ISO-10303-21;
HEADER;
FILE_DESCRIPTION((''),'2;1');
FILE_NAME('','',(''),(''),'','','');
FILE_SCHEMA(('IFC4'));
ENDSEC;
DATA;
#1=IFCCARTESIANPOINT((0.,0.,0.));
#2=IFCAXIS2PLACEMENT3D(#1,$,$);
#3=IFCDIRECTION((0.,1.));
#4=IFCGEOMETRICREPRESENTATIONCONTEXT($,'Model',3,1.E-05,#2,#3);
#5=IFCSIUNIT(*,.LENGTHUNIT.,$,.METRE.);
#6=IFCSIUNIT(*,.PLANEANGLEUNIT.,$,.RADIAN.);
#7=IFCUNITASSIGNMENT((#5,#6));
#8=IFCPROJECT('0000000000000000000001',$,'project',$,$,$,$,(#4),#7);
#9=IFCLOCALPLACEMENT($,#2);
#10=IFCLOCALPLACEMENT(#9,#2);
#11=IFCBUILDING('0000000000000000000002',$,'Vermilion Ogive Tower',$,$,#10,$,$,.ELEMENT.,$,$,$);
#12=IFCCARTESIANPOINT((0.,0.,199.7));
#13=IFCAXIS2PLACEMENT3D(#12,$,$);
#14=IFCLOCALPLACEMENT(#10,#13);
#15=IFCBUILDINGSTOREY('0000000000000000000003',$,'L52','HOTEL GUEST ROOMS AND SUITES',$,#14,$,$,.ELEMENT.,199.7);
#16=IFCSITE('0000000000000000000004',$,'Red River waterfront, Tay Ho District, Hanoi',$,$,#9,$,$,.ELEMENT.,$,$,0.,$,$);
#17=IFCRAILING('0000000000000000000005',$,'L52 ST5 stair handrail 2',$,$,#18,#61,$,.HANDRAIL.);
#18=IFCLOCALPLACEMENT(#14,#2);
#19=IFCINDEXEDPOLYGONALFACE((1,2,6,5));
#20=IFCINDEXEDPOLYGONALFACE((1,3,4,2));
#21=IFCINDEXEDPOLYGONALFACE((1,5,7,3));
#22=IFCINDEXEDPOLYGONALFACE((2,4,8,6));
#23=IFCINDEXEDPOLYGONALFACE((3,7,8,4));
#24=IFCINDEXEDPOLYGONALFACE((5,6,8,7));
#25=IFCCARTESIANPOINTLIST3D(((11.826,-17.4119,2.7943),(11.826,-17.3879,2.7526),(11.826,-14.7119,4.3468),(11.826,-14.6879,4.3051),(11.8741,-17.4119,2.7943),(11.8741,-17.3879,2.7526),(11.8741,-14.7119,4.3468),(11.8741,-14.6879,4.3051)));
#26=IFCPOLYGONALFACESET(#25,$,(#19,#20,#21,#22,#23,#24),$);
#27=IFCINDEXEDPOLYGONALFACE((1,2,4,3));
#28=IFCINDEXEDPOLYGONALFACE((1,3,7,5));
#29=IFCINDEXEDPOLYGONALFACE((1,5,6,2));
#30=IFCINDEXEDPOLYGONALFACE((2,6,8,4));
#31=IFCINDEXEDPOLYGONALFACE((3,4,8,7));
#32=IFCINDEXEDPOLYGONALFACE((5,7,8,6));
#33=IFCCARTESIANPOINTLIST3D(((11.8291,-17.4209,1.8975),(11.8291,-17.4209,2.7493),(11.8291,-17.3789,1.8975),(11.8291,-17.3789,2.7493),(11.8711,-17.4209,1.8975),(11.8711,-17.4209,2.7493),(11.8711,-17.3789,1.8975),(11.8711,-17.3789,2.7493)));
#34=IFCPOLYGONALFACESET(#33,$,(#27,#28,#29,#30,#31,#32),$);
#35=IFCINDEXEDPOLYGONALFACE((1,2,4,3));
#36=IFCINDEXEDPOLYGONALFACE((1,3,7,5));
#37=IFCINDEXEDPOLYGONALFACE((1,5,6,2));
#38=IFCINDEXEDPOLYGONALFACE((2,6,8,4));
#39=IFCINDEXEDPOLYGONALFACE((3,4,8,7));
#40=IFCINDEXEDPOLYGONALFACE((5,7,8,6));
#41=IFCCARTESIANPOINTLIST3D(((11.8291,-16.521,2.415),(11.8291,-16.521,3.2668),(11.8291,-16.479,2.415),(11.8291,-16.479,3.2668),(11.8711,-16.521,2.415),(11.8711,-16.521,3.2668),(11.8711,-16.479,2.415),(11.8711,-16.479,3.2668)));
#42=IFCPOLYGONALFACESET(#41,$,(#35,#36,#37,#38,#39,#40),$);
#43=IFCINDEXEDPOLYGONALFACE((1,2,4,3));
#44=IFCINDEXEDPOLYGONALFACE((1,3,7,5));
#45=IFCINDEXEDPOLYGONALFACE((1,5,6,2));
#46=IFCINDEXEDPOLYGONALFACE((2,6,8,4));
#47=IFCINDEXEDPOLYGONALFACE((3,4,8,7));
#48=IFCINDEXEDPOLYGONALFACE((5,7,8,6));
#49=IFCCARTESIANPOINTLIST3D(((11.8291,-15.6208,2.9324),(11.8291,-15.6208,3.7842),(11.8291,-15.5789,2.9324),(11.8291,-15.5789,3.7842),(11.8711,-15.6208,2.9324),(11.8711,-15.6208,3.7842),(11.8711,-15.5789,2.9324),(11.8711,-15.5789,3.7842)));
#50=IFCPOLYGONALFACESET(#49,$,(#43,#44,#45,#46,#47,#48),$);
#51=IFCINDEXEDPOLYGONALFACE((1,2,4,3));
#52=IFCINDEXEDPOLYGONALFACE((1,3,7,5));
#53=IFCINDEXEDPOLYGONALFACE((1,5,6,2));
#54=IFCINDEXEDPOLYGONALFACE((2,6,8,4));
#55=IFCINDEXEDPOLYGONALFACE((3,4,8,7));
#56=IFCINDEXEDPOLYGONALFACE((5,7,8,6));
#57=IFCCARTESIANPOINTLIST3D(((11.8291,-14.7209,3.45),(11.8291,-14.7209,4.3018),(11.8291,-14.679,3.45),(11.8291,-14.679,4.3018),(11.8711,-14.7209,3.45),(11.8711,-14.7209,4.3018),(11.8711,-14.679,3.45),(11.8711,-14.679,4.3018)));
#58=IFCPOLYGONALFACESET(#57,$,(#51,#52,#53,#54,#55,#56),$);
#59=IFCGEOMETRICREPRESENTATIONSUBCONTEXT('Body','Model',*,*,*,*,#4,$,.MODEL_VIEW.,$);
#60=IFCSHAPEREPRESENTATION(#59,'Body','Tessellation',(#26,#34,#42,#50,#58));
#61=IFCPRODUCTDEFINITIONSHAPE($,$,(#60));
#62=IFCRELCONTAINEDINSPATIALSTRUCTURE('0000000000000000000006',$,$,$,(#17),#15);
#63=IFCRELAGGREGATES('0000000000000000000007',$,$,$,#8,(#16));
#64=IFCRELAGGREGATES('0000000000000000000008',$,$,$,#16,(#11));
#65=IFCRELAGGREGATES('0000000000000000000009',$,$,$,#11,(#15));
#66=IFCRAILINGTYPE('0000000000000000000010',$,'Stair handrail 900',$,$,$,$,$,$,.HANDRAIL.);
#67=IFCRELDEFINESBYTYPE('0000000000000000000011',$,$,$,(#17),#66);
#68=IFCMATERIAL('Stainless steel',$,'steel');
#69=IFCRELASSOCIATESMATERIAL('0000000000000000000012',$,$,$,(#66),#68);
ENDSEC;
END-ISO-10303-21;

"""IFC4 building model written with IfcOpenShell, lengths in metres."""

from ifc_helpers import new_model, si_unit, direction, frame, origin, origin_2d, place, context, subcontext, project, spatial, rectangle, extrude, material, type_object, element, save


model = new_model("IFC4")

# Units and contexts
model_context = context("Model", 3, precision=1e-05, world=origin(), true_north=direction((0.0, 1.0)))
body_context = subcontext(model_context, "Body", "Model", "MODEL_VIEW")
ifc_project = project(units=[si_unit("LENGTHUNIT", "METRE"), si_unit("PLANEANGLEUNIT", "RADIAN")], contexts=[model_context])

# Site, building, storey
site_placement = place(None, origin())
site = spatial("IfcSite", under=ifc_project, at=site_placement, Name="Red River waterfront, Tay Ho District, Hanoi", CompositionType="ELEMENT", RefElevation=0.0)
building_placement = place(site_placement, origin())
building = spatial("IfcBuilding", under=site, at=building_placement, Name="Vermilion Ogive Tower", CompositionType="ELEMENT")
storey_placement = place(building_placement, frame((0.0, 0.0, 199.7)))
storey = spatial("IfcBuildingStorey", under=building, at=storey_placement, Name="L52", Description="HOTEL GUEST ROOMS AND SUITES", CompositionType="ELEMENT", Elevation=199.7)

# Railing
ifc_material_1 = material(Name="Stainless steel", Category="steel")
railing_type_1 = type_object("IfcRailingType", Name="Stair handrail 900", PredefinedType="HANDRAIL", material=ifc_material_1)
railing_1_placement = place(storey_placement, frame((11.8501, -17.3999, 1.8975)))
element("IfcRailing", 1, at=railing_1_placement, inside=storey, type_object=railing_type_1, Name="L52 ST5 stair handrail 2", PredefinedType="HANDRAIL", context=body_context, shape_type="SweptSolid", body=[
    extrude(rectangle(XDim=0.0481, YDim=0.0481, at=origin_2d()), frame((0.0, 0.0, 0.876), z_axis=(0.0, 0.866904, 0.498476), x_axis=(-1.0, 0.0, 0.0)), (0.0, 0.0, 1.0), 3.1145),
    extrude(rectangle(XDim=0.042, YDim=0.042, at=origin_2d()), origin(), (0.0, 0.0, 1.0), 0.8518),
    extrude(rectangle(XDim=0.042, YDim=0.042, at=origin_2d()), frame((0.0, 0.8999, 0.5176)), (0.0, 0.0, 1.0), 0.8518),
    extrude(rectangle(XDim=0.042, YDim=0.042, at=origin_2d()), frame((0.0, 1.8, 1.0349)), (0.0, 0.0, 1.0), 0.8518),
    extrude(rectangle(XDim=0.042, YDim=0.042, at=origin_2d()), frame((0.0, 2.7, 1.5525)), (0.0, 0.0, 1.0), 0.8518),
])

save(model, "model.ifc")
